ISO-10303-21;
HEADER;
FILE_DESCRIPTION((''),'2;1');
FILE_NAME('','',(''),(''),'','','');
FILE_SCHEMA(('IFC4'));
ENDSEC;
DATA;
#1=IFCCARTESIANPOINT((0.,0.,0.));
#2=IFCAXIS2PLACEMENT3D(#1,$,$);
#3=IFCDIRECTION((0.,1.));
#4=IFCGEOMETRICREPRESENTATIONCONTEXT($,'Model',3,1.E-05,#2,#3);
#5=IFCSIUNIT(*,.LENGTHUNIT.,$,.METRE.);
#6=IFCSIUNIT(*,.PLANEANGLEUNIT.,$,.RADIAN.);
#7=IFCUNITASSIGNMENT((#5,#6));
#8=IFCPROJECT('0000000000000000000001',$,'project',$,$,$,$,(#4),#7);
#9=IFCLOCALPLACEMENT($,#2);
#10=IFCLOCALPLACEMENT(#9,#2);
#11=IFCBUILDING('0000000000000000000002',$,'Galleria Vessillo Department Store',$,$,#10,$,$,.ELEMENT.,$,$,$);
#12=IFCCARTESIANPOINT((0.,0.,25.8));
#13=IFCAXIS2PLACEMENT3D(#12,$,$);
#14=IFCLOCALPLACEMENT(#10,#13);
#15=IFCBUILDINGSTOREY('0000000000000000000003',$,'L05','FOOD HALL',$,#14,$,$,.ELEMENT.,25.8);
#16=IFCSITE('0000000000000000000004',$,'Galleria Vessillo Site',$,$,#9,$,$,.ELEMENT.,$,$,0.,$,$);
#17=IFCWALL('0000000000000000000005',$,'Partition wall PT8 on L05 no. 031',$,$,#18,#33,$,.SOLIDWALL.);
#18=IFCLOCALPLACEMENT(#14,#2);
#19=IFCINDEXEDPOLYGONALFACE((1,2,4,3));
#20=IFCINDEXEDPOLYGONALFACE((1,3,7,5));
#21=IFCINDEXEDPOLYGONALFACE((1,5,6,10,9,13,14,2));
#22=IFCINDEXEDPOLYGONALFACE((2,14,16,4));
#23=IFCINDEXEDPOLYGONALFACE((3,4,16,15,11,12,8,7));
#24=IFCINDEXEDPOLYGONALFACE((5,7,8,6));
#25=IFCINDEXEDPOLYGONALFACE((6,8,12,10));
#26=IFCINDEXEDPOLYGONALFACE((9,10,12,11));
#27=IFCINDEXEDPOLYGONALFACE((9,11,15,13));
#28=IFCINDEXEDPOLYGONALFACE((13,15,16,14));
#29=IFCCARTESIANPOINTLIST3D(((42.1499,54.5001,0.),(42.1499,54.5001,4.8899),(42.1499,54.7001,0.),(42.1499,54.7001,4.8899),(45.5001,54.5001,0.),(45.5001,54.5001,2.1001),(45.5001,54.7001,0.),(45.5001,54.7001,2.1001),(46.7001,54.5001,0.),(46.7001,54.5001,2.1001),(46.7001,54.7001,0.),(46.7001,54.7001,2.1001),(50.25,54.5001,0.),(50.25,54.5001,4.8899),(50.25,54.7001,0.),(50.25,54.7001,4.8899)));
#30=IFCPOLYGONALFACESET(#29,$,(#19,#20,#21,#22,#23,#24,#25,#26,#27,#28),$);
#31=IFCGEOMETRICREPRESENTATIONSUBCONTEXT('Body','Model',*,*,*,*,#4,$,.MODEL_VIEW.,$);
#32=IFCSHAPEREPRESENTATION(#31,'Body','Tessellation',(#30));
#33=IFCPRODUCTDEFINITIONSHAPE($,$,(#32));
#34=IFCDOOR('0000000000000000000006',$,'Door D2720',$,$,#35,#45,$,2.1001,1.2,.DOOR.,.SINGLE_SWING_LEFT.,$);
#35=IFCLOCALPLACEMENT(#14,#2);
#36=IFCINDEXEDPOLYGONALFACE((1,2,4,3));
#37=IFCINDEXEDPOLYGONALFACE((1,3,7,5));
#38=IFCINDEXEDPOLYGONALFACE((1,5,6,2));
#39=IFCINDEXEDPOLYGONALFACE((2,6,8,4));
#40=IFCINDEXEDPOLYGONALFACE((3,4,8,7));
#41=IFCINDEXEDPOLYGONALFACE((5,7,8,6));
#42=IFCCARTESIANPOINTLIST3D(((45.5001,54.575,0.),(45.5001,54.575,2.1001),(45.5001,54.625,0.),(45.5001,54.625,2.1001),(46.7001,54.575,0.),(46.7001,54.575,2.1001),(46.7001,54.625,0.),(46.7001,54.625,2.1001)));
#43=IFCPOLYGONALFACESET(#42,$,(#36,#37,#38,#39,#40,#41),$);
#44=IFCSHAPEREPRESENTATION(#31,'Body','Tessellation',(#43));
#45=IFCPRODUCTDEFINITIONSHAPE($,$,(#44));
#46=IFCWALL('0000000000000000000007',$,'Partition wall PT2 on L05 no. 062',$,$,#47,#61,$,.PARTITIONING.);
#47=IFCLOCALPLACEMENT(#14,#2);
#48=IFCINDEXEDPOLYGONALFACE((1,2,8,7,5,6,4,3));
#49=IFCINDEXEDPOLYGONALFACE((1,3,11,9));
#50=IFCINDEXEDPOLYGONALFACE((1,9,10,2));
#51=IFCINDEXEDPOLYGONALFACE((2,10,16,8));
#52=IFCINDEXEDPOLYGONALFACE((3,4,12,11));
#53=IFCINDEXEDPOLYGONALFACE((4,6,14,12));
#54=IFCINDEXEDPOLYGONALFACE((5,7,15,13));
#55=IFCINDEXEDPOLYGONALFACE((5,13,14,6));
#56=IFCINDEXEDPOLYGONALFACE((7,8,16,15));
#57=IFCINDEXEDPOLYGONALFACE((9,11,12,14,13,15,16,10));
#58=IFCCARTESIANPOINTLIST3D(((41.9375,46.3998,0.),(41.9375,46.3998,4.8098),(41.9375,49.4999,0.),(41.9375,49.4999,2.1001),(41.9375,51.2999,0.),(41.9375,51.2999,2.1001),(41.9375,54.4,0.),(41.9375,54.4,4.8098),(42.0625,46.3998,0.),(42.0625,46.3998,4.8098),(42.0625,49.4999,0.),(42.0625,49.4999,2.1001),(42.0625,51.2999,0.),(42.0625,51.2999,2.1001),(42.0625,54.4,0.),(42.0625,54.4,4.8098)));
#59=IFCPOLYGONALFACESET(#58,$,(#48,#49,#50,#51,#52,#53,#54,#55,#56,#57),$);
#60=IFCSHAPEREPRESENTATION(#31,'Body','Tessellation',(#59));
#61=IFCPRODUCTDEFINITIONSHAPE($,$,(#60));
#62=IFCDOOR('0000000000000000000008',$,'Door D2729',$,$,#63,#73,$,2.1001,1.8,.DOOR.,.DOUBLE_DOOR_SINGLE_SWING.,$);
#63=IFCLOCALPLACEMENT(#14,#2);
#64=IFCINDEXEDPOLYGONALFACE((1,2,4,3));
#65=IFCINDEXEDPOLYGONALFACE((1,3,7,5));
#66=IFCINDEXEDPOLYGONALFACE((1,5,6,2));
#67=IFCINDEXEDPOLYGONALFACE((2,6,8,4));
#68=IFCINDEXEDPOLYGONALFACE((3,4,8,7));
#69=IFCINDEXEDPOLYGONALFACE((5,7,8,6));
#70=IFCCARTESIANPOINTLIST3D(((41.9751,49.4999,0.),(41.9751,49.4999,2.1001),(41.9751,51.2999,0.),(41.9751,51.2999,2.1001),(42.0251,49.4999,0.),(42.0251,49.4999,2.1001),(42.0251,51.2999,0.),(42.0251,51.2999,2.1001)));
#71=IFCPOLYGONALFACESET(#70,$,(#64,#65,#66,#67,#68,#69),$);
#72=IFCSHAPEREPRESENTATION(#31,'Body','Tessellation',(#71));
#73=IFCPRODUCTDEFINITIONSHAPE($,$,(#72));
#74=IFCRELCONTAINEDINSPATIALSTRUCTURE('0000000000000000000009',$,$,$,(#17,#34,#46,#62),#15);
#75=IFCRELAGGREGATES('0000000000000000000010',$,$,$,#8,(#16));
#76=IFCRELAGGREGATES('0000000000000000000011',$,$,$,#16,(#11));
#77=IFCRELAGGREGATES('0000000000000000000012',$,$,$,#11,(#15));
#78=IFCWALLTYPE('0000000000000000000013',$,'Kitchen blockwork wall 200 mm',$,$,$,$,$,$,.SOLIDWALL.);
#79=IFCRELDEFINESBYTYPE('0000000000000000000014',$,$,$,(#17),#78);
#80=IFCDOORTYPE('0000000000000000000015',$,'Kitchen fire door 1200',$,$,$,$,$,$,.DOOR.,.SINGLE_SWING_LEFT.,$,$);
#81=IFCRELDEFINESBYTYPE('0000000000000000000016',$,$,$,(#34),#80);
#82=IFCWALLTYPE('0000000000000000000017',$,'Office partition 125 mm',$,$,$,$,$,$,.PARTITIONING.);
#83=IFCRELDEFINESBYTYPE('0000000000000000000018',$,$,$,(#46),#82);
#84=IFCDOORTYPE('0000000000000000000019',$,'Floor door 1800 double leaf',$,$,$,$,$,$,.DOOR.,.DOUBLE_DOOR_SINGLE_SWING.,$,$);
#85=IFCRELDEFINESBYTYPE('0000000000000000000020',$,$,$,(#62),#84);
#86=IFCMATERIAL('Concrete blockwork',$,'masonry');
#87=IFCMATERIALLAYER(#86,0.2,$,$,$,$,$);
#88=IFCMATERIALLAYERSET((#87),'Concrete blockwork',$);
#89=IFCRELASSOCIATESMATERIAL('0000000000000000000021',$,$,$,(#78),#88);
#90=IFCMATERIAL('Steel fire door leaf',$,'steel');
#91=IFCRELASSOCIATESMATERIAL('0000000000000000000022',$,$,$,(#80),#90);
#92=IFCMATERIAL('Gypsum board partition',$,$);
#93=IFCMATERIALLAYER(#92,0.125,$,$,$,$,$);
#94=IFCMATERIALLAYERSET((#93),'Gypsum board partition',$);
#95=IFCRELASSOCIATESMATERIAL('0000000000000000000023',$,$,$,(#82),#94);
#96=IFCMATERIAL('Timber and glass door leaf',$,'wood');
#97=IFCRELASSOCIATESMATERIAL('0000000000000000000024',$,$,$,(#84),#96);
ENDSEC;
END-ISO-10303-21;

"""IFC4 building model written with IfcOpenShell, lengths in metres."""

from ifc_helpers import new_model, si_unit, direction, frame, frame_2d, origin, place, context, subcontext, project, spatial, rectangle, extrude, material, layer, layer_set, type_object, element, fill, save


model = new_model("IFC4")

# Units and contexts
model_context = context("Model", 3, precision=1e-05, world=origin(), true_north=direction((0.0, 1.0)))
body_context = subcontext(model_context, "Body", "Model", "MODEL_VIEW")
ifc_project = project(units=[si_unit("LENGTHUNIT", "METRE"), si_unit("PLANEANGLEUNIT", "RADIAN")], contexts=[model_context])

# Site, building, storey
site_placement = place(None, origin())
site = spatial("IfcSite", under=ifc_project, at=site_placement, Name="Galleria Vessillo Site", CompositionType="ELEMENT", RefElevation=0.0)
building_placement = place(site_placement, origin())
building = spatial("IfcBuilding", under=site, at=building_placement, Name="Galleria Vessillo Department Store", CompositionType="ELEMENT")
storey_placement = place(building_placement, frame((0.0, 0.0, 25.8)))
storey = spatial("IfcBuildingStorey", under=building, at=storey_placement, Name="L05", Description="FOOD HALL", CompositionType="ELEMENT", Elevation=25.8)

# Walls, openings, doors
ifc_material_1 = material(Name="Concrete blockwork", Category="masonry")
ifc_layer_1 = layer(ifc_material_1, 0.2)
ifc_layer_set_1 = layer_set([ifc_layer_1], Name="Concrete blockwork")
wall_type_1 = type_object("IfcWallType", Name="Kitchen blockwork wall 200 mm", PredefinedType="SOLIDWALL", material=ifc_layer_set_1)
wall_1_placement = place(storey_placement, frame((42.1499, 54.6001, 0.0), z_axis=(0.0, 0.0, 1.0), x_axis=(1.0, 0.0, 0.0)))
wall_1 = element("IfcWall", 1, at=wall_1_placement, inside=storey, type_object=wall_type_1, Name="Partition wall PT8 on L05 no. 031", PredefinedType="SOLIDWALL", context=body_context, shape_type="SweptSolid", body=[
    extrude(rectangle(XDim=8.1001, YDim=0.2, at=frame_2d((4.05, 0.0))), origin(), (0.0, 0.0, 1.0), 4.8899),
])
opening_1_placement = place(wall_1_placement, frame((3.3501, 0.0, 0.0)))
opening_1 = element("IfcOpeningElement", 2, at=opening_1_placement, cuts=wall_1, PredefinedType="OPENING", context=body_context, shape_type="SweptSolid", body=[
    extrude(rectangle(XDim=1.2, YDim=2.1001, at=frame_2d((0.6001, 1.05))), frame((0.0, 0.1099, 0.0), z_axis=(0.0, -1.0, 0.0), x_axis=(1.0, 0.0, 0.0)), (0.0, 0.0, 1.0), 0.22),
])
ifc_material_2 = material(Name="Steel fire door leaf", Category="steel")
door_type_1 = type_object("IfcDoorType", Name="Kitchen fire door 1200", OperationType="SINGLE_SWING_LEFT", PredefinedType="DOOR", material=ifc_material_2)
door_1_placement = place(opening_1_placement, origin())
door_1 = element("IfcDoor", 3, at=door_1_placement, inside=storey, type_object=door_type_1, Name="Door D2720", OperationType="SINGLE_SWING_LEFT", OverallHeight=2.1001, OverallWidth=1.2, PredefinedType="DOOR", context=body_context, shape_type="SweptSolid", body=[
    extrude(rectangle(XDim=1.2, YDim=2.1001, at=frame_2d((0.6001, 1.05))), frame((0.0, 0.0249, 0.0), z_axis=(0.0, -1.0, 0.0), x_axis=(1.0, 0.0, 0.0)), (0.0, 0.0, 1.0), 0.05),
])
fill(opening_1, door_1)
ifc_material_3 = material(Name="Gypsum board partition")
ifc_layer_2 = layer(ifc_material_3, 0.125)
ifc_layer_set_2 = layer_set([ifc_layer_2], Name="Gypsum board partition")
wall_type_2 = type_object("IfcWallType", Name="Office partition 125 mm", PredefinedType="PARTITIONING", material=ifc_layer_set_2)
wall_2_placement = place(storey_placement, frame((42.0, 46.3999, 0.0), z_axis=(0.0, 0.0, 1.0), x_axis=(0.0, 1.0, 0.0)))
wall_2 = element("IfcWall", 4, at=wall_2_placement, inside=storey, type_object=wall_type_2, Name="Partition wall PT2 on L05 no. 062", PredefinedType="PARTITIONING", context=body_context, shape_type="SweptSolid", body=[
    extrude(rectangle(XDim=8.0002, YDim=0.125, at=frame_2d((4.0, 0.0))), origin(), (0.0, 0.0, 1.0), 4.8098),
])
opening_2_placement = place(wall_2_placement, frame((3.1001, 0.0, 0.0)))
opening_2 = element("IfcOpeningElement", 5, at=opening_2_placement, cuts=wall_2, PredefinedType="OPENING", context=body_context, shape_type="SweptSolid", body=[
    extrude(rectangle(XDim=1.8, YDim=2.1001, at=frame_2d((0.8999, 1.05))), frame((0.0, 0.0725, 0.0), z_axis=(0.0, -1.0, 0.0), x_axis=(1.0, 0.0, 0.0)), (0.0, 0.0, 1.0), 0.145),
])
ifc_material_4 = material(Name="Timber and glass door leaf", Category="wood")
door_type_2 = type_object("IfcDoorType", Name="Floor door 1800 double leaf", OperationType="DOUBLE_DOOR_SINGLE_SWING", PredefinedType="DOOR", material=ifc_material_4)
door_2_placement = place(opening_2_placement, origin())
door_2 = element("IfcDoor", 6, at=door_2_placement, inside=storey, type_object=door_type_2, Name="Door D2729", OperationType="DOUBLE_DOOR_SINGLE_SWING", OverallHeight=2.1001, OverallWidth=1.8, PredefinedType="DOOR", context=body_context, shape_type="SweptSolid", body=[
    extrude(rectangle(XDim=1.8, YDim=2.1001, at=frame_2d((0.8999, 1.05))), frame((0.0, 0.0249, 0.0), z_axis=(0.0, -1.0, 0.0), x_axis=(1.0, 0.0, 0.0)), (0.0, 0.0, 1.0), 0.05),
])
fill(opening_2, door_2)

save(model, "model.ifc")
